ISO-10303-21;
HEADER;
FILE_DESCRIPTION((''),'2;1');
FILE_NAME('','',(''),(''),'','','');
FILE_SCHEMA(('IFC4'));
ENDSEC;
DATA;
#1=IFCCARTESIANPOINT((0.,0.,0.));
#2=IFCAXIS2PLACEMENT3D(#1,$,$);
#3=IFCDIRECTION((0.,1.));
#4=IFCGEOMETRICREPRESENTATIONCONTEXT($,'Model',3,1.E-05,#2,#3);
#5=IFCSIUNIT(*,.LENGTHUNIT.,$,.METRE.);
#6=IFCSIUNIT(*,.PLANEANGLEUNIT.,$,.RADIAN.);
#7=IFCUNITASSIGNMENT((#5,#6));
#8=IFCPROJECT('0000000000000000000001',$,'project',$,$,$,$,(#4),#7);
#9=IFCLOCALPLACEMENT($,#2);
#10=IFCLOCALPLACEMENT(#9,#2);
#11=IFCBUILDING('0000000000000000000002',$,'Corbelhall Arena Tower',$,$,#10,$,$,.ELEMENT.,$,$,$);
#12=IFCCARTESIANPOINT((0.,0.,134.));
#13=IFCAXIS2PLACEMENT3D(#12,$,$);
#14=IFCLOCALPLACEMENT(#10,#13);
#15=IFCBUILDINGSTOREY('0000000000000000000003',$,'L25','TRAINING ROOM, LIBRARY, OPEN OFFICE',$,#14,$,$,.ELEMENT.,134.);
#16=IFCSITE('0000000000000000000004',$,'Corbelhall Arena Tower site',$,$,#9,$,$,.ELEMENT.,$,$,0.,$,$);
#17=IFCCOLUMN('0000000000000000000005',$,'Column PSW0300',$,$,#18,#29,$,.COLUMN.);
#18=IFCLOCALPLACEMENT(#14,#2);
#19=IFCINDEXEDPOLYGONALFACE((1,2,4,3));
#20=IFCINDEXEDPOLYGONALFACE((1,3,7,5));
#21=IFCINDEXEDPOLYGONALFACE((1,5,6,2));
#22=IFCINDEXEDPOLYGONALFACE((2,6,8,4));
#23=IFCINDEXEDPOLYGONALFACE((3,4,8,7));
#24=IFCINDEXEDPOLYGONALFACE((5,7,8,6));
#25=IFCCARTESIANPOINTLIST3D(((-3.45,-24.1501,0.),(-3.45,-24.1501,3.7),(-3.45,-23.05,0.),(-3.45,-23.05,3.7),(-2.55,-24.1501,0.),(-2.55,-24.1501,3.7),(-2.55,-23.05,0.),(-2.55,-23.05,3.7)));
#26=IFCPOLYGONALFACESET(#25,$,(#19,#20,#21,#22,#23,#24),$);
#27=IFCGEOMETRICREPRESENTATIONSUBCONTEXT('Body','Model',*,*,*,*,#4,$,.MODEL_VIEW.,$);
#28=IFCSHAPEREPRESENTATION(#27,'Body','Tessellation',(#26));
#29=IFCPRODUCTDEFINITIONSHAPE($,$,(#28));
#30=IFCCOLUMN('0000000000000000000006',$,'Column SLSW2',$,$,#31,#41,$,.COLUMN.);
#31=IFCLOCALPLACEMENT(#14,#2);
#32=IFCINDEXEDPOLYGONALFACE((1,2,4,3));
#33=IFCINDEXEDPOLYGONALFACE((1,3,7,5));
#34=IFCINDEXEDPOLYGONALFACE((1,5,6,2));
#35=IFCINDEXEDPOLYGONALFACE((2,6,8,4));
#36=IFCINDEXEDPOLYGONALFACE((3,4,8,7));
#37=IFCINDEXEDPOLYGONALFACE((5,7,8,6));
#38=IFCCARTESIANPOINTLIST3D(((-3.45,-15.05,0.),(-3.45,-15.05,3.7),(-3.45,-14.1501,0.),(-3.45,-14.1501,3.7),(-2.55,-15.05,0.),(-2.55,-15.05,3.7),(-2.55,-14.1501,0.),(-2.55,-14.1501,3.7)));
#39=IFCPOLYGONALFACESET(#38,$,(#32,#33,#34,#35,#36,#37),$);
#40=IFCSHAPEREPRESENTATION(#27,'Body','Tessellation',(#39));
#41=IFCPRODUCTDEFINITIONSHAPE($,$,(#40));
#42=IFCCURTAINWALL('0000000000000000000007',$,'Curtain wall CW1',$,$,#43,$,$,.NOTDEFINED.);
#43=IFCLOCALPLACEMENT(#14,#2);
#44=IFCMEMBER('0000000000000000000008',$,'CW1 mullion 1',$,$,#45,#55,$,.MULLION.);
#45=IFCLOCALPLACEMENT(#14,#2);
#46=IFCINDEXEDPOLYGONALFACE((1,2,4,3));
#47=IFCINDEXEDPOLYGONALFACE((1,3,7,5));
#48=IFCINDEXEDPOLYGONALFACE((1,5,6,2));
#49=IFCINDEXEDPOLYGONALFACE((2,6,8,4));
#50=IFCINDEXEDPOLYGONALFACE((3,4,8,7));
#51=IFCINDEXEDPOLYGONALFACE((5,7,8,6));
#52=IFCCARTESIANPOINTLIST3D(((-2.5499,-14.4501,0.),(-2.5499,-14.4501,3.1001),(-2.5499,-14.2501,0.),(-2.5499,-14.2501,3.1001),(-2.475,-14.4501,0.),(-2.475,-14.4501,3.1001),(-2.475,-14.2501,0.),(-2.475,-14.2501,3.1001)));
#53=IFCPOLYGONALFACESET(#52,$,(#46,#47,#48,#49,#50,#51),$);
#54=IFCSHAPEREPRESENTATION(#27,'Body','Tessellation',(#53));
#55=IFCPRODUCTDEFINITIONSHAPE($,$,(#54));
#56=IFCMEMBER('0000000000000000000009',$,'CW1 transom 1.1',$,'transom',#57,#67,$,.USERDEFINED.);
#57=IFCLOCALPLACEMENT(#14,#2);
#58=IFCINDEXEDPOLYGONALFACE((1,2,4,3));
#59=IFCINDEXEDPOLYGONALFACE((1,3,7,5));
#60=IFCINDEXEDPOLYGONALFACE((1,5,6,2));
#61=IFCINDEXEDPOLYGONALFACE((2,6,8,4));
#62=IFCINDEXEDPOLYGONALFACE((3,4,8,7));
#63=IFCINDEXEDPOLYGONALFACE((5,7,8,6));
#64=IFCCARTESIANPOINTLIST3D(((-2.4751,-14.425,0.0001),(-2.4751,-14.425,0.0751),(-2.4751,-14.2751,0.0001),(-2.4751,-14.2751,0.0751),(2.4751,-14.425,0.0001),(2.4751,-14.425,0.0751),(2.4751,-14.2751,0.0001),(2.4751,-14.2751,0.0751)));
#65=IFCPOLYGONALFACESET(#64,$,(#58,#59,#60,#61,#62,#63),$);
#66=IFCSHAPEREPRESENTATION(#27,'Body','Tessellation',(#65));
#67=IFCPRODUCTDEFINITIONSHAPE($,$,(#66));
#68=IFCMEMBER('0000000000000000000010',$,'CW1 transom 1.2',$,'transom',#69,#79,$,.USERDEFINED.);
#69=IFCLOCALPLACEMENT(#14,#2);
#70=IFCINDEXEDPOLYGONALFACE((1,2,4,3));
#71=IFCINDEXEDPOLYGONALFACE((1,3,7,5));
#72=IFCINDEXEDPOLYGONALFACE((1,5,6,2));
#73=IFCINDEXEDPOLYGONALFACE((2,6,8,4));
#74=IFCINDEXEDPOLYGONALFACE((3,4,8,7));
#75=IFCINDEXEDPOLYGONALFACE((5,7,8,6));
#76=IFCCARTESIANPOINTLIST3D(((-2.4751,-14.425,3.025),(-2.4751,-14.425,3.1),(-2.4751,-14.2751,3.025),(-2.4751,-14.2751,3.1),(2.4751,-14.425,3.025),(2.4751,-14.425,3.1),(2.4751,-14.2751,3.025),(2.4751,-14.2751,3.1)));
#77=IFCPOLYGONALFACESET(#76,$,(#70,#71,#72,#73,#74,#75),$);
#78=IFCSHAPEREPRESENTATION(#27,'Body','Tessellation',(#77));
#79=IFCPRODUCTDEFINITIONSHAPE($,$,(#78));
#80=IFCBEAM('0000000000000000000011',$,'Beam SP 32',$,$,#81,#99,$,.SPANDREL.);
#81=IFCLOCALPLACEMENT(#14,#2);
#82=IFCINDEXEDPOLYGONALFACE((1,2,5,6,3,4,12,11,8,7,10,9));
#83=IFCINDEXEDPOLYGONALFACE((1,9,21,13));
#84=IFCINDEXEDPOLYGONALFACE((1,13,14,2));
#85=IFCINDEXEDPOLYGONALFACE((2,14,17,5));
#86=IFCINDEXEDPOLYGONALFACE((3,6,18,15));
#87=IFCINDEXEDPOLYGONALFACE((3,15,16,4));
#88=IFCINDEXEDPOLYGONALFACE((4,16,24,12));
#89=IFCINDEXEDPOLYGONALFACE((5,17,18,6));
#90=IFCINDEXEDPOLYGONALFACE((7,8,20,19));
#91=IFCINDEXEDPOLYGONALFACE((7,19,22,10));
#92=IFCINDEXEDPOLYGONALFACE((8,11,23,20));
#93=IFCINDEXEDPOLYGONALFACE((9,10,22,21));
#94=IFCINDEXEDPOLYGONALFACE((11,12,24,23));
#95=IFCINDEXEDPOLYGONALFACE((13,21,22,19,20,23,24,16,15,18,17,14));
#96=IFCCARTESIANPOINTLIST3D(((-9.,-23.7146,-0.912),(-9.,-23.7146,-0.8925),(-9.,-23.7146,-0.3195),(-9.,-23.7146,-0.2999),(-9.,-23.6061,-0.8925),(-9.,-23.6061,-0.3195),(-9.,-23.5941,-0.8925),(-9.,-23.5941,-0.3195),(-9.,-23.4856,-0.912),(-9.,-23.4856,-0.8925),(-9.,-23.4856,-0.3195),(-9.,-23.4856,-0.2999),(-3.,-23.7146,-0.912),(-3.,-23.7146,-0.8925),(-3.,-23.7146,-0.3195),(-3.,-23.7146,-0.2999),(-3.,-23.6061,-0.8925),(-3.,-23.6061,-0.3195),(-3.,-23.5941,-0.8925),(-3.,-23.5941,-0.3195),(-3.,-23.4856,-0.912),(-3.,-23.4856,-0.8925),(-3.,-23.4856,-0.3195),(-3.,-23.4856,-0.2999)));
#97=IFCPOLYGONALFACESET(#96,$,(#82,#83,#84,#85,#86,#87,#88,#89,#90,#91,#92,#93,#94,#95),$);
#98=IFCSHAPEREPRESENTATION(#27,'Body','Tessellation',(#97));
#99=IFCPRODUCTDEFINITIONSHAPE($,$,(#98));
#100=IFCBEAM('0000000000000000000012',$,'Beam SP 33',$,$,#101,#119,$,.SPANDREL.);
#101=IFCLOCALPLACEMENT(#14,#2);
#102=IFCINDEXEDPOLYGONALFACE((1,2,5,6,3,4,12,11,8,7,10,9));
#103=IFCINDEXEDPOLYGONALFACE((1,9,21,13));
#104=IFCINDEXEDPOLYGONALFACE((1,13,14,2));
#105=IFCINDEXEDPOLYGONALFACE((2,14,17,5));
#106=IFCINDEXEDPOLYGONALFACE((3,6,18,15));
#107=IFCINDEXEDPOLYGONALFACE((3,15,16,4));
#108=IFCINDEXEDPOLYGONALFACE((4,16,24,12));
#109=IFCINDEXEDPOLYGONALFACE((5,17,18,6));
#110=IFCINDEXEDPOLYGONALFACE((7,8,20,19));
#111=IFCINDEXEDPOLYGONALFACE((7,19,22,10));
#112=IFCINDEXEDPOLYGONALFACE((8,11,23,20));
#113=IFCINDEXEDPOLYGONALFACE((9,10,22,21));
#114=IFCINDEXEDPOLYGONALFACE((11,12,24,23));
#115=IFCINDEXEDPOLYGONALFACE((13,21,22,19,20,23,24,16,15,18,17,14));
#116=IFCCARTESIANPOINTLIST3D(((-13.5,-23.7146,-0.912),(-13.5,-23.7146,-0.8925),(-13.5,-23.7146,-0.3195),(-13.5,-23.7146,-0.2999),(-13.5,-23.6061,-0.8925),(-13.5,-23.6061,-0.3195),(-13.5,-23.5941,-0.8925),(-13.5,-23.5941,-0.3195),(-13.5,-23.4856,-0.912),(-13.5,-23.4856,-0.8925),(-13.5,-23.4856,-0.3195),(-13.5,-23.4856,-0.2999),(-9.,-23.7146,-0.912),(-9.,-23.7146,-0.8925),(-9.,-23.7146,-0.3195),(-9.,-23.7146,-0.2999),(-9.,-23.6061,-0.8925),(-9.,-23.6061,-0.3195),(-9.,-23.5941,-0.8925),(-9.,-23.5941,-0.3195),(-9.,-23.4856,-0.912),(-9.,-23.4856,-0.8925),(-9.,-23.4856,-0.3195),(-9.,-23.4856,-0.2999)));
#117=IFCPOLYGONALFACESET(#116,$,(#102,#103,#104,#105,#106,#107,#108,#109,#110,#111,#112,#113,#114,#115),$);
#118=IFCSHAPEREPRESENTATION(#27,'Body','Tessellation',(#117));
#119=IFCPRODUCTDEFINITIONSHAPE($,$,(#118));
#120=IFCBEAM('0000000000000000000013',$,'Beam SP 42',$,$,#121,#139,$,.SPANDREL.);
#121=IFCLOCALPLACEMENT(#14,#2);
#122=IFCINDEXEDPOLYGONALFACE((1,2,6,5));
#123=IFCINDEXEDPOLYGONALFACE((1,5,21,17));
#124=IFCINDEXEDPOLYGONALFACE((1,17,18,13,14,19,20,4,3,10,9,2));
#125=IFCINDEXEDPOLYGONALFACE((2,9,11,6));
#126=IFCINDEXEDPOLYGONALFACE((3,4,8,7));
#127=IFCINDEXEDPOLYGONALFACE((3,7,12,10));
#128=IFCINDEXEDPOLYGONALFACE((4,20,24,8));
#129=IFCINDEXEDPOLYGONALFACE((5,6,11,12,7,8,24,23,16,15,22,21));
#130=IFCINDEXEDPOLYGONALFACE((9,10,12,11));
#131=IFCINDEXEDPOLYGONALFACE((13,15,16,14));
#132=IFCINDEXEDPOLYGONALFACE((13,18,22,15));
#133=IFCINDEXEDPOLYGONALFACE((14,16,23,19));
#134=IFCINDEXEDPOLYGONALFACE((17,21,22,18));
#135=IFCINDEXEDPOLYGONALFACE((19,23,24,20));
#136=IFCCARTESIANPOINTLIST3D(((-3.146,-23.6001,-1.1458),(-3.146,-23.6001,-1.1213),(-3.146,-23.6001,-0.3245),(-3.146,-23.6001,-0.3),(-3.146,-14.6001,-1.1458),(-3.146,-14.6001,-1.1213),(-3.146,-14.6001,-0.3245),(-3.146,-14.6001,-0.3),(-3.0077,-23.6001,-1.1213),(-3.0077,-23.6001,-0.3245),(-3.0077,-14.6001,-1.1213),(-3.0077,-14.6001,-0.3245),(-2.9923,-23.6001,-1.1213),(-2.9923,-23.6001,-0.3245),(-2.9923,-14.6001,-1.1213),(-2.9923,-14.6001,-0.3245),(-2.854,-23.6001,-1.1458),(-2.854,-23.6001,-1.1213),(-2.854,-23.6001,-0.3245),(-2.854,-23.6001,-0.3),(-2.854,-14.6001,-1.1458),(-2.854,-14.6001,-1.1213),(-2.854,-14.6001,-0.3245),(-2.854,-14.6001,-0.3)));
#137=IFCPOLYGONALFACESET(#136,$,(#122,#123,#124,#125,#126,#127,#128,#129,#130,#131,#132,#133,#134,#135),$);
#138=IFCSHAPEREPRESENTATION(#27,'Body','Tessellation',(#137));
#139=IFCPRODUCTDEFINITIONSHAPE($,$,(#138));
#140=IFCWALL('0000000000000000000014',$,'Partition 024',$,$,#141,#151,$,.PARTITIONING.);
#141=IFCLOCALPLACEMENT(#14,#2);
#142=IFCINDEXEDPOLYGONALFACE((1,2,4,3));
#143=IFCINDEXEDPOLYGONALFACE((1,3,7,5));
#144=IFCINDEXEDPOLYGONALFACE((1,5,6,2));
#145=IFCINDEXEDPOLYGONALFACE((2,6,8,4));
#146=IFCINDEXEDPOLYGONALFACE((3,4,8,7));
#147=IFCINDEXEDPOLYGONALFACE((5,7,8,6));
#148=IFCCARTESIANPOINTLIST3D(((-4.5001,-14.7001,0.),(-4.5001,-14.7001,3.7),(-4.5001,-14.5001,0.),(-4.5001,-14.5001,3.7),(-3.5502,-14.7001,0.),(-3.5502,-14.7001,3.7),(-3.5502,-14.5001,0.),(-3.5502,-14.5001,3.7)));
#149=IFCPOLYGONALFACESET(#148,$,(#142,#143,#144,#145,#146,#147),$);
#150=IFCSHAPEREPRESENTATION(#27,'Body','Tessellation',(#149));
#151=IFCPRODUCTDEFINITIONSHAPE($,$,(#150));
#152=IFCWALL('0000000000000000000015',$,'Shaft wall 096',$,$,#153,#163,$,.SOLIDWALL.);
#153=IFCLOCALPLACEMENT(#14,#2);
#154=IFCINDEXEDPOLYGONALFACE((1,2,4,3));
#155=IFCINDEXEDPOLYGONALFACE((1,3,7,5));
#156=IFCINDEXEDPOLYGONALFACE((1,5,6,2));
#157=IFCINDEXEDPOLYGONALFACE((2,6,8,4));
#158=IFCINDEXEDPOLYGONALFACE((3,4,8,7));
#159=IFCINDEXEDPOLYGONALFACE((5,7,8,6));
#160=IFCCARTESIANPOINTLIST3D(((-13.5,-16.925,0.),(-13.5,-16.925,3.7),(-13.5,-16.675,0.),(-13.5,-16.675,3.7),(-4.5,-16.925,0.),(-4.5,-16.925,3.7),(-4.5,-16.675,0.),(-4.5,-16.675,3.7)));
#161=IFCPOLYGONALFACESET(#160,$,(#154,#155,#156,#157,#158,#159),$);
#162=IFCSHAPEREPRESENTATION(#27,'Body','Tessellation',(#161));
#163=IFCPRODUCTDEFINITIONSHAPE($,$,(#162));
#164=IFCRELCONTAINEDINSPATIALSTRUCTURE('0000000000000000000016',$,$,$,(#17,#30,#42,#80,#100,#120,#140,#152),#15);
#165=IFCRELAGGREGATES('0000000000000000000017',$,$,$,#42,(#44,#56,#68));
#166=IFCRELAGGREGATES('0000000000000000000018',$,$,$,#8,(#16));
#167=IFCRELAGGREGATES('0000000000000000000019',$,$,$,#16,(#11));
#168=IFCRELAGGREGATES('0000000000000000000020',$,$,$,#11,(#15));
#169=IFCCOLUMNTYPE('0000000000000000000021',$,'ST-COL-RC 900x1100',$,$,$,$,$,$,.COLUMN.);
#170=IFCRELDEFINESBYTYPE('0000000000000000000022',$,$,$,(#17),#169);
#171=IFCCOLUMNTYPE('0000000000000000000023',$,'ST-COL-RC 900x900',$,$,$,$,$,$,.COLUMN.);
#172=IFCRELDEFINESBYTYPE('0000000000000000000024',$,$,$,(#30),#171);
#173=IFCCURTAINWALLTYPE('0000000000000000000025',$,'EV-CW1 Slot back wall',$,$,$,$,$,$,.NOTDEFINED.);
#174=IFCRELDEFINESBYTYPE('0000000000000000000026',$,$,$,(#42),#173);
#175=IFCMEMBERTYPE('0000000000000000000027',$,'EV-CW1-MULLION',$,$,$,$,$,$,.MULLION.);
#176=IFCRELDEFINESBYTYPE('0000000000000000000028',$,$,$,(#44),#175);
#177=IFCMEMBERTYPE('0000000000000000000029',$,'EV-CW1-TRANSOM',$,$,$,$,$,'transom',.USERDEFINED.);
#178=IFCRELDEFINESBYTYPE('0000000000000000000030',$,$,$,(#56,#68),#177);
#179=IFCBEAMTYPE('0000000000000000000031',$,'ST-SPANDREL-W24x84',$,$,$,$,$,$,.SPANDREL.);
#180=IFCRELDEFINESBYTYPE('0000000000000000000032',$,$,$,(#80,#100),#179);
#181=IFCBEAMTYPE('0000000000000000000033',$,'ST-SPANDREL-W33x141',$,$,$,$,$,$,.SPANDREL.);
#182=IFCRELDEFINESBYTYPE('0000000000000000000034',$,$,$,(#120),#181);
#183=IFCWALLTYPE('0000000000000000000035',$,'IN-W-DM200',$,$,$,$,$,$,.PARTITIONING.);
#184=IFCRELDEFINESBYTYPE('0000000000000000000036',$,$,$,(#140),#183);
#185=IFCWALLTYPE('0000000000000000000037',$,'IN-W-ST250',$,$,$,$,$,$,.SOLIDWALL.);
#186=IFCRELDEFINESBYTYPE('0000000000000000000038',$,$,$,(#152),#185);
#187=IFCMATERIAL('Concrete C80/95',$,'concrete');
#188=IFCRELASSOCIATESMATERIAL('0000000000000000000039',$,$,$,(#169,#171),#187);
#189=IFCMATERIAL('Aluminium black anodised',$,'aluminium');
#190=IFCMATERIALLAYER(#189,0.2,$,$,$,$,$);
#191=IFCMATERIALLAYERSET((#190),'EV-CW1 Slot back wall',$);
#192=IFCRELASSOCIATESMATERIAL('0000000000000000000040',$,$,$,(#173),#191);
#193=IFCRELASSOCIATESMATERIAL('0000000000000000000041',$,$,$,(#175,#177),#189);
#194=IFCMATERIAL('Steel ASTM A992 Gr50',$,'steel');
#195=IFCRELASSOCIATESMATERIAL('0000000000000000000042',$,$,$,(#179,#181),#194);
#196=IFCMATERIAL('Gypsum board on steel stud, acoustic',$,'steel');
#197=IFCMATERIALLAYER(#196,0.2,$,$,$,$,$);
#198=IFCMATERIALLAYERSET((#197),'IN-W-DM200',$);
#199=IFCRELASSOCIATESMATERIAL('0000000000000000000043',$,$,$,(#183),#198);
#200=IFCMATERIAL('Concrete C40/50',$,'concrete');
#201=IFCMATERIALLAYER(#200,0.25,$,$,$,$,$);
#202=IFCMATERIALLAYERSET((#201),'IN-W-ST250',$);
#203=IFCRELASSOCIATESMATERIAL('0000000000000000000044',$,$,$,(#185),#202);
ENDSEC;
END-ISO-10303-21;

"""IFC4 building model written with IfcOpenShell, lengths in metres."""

from ifc_helpers import new_model, si_unit, direction, frame, frame_2d, origin, origin_2d, place, context, subcontext, project, spatial, rectangle, i_section, extrude, material, layer, layer_set, material_profile, profile_set, type_object, element, aggregate, save


model = new_model("IFC4")

# Units and contexts
model_context = context("Model", 3, precision=1e-05, world=origin(), true_north=direction((0.0, 1.0)))
body_context = subcontext(model_context, "Body", "Model", "MODEL_VIEW")
ifc_project = project(units=[si_unit("LENGTHUNIT", "METRE"), si_unit("PLANEANGLEUNIT", "RADIAN")], contexts=[model_context])

# Site, building, storey
site_placement = place(None, origin())
site = spatial("IfcSite", under=ifc_project, at=site_placement, Name="Corbelhall Arena Tower site", CompositionType="ELEMENT", RefElevation=0.0)
building_placement = place(site_placement, origin())
building = spatial("IfcBuilding", under=site, at=building_placement, Name="Corbelhall Arena Tower", CompositionType="ELEMENT")
storey_placement = place(building_placement, frame((0.0, 0.0, 134.0)))
storey = spatial("IfcBuildingStorey", under=building, at=storey_placement, Name="L25", Description="TRAINING ROOM, LIBRARY, OPEN OFFICE", CompositionType="ELEMENT", Elevation=134.0)

# Columns
ifc_material_1 = material(Name="Concrete C80/95", Category="concrete")
ifc_material_profile_1 = material_profile(ifc_material_1, rectangle(XDim=0.8999, YDim=1.1001, at=origin_2d()))
ifc_profile_set_1 = profile_set([ifc_material_profile_1], Name="Concrete C80/95")
column_type_1 = type_object("IfcColumnType", Name="ST-COL-RC 900x1100", PredefinedType="COLUMN", material=ifc_profile_set_1)
column_1_placement = place(storey_placement, frame((-3.0, -23.6001, 0.0), z_axis=(0.0, 0.0, 1.0), x_axis=(1.0, 0.0, 0.0)))
element("IfcColumn", 1, at=column_1_placement, inside=storey, type_object=column_type_1, Name="Column PSW0300", PredefinedType="COLUMN", context=body_context, shape_type="SweptSolid", body=[
    extrude(rectangle(XDim=0.8999, YDim=1.1001, at=origin_2d()), origin(), (0.0, 0.0, 1.0), 3.7),
])
ifc_material_profile_2 = material_profile(ifc_material_1, rectangle(XDim=0.8999, YDim=0.8999, at=origin_2d()))
ifc_profile_set_2 = profile_set([ifc_material_profile_2], Name="Concrete C80/95")
column_type_2 = type_object("IfcColumnType", Name="ST-COL-RC 900x900", PredefinedType="COLUMN", material=ifc_profile_set_2)
column_2_placement = place(storey_placement, frame((-3.0, -14.6001, 0.0), z_axis=(0.0, 0.0, 1.0), x_axis=(1.0, 0.0, 0.0)))
element("IfcColumn", 2, at=column_2_placement, inside=storey, type_object=column_type_2, Name="Column SLSW2", PredefinedType="COLUMN", context=body_context, shape_type="SweptSolid", body=[
    extrude(rectangle(XDim=0.8999, YDim=0.8999, at=origin_2d()), origin(), (0.0, 0.0, 1.0), 3.7),
])

# Curtain wall, members
ifc_material_2 = material(Name="Aluminium black anodised", Category="aluminium")
ifc_layer_1 = layer(ifc_material_2, 0.2)
ifc_layer_set_1 = layer_set([ifc_layer_1], Name="EV-CW1 Slot back wall")
curtain_wall_type = type_object("IfcCurtainWallType", Name="EV-CW1 Slot back wall", PredefinedType="NOTDEFINED", material=ifc_layer_set_1)
curtain_wall_placement = place(storey_placement, origin())
curtain_wall = element("IfcCurtainWall", 3, at=curtain_wall_placement, inside=storey, type_object=curtain_wall_type, Name="Curtain wall CW1", PredefinedType="NOTDEFINED")
ifc_material_profile_3 = material_profile(ifc_material_2, rectangle(XDim=0.2, YDim=0.075, at=origin_2d()))
ifc_profile_set_3 = profile_set([ifc_material_profile_3], Name="Aluminium black anodised")
member_type_1 = type_object("IfcMemberType", Name="EV-CW1-MULLION", PredefinedType="MULLION", material=ifc_profile_set_3)
member_1_placement = place(storey_placement, frame((-2.5125, -14.3501, 0.0), z_axis=(0.0, 0.0, 1.0), x_axis=(0.0, 1.0, 0.0)))
member_1 = element("IfcMember", 4, at=member_1_placement, type_object=member_type_1, Name="CW1 mullion 1", PredefinedType="MULLION", context=body_context, shape_type="SweptSolid", body=[
    extrude(rectangle(XDim=0.2, YDim=0.075, at=origin_2d()), origin(), (0.0, 0.0, 1.0), 3.1001),
])
ifc_material_profile_4 = material_profile(ifc_material_2, rectangle(XDim=0.1499, YDim=0.075, at=origin_2d()))
ifc_profile_set_4 = profile_set([ifc_material_profile_4], Name="Aluminium black anodised")
member_type_2 = type_object("IfcMemberType", Name="EV-CW1-TRANSOM", ElementType="transom", PredefinedType="USERDEFINED", material=ifc_profile_set_4)
member_2_placement = place(storey_placement, frame((-2.4751, -14.3501, 0.0376), z_axis=(1.0, 0.0, 0.0), x_axis=(0.0, 1.0, 0.0)))
member_2 = element("IfcMember", 5, at=member_2_placement, type_object=member_type_2, Name="CW1 transom 1.1", ObjectType="transom", PredefinedType="USERDEFINED", context=body_context, shape_type="SweptSolid", body=[
    extrude(rectangle(XDim=0.1499, YDim=0.075, at=origin_2d()), origin(), (0.0, 0.0, 1.0), 4.9502),
])
member_3_placement = place(storey_placement, frame((-2.4751, -14.3501, 3.0625), z_axis=(1.0, 0.0, 0.0), x_axis=(0.0, 1.0, 0.0)))
member_3 = element("IfcMember", 6, at=member_3_placement, type_object=member_type_2, Name="CW1 transom 1.2", ObjectType="transom", PredefinedType="USERDEFINED", context=body_context, shape_type="SweptSolid", body=[
    extrude(rectangle(XDim=0.1499, YDim=0.075, at=origin_2d()), origin(), (0.0, 0.0, 1.0), 4.9502),
])
aggregate(curtain_wall, [member_1, member_2, member_3])

# Beams
ifc_material_3 = material(Name="Steel ASTM A992 Gr50", Category="steel")
ifc_material_profile_5 = material_profile(ifc_material_3, i_section(OverallWidth=0.229, OverallDepth=0.6121, WebThickness=0.012, FlangeThickness=0.0195, at=origin_2d()))
ifc_profile_set_5 = profile_set([ifc_material_profile_5], Name="Steel ASTM A992 Gr50")
beam_type_1 = type_object("IfcBeamType", Name="ST-SPANDREL-W24x84", PredefinedType="SPANDREL", material=ifc_profile_set_5)
beam_1_placement = place(storey_placement, frame((-3.0, -23.6001, -0.606), z_axis=(-1.0, 0.0, 0.0), x_axis=(0.0, -1.0, 0.0)))
element("IfcBeam", 7, at=beam_1_placement, inside=storey, type_object=beam_type_1, Name="Beam SP 32", PredefinedType="SPANDREL", context=body_context, shape_type="SweptSolid", body=[
    extrude(i_section(OverallWidth=0.229, OverallDepth=0.6121, WebThickness=0.012, FlangeThickness=0.0195, at=origin_2d()), origin(), (0.0, 0.0, 1.0), 6.0),
])
beam_2_placement = place(storey_placement, frame((-9.0, -23.6001, -0.606), z_axis=(-1.0, 0.0, 0.0), x_axis=(0.0, -1.0, 0.0)))
element("IfcBeam", 8, at=beam_2_placement, inside=storey, type_object=beam_type_1, Name="Beam SP 33", PredefinedType="SPANDREL", context=body_context, shape_type="SweptSolid", body=[
    extrude(i_section(OverallWidth=0.229, OverallDepth=0.6121, WebThickness=0.012, FlangeThickness=0.0195, at=origin_2d()), origin(), (0.0, 0.0, 1.0), 4.5),
])
ifc_material_profile_6 = material_profile(ifc_material_3, i_section(OverallWidth=0.292, OverallDepth=0.8457, WebThickness=0.0154, FlangeThickness=0.0244, at=origin_2d()))
ifc_profile_set_6 = profile_set([ifc_material_profile_6], Name="Steel ASTM A992 Gr50")
beam_type_2 = type_object("IfcBeamType", Name="ST-SPANDREL-W33x141", PredefinedType="SPANDREL", material=ifc_profile_set_6)
beam_3_placement = place(storey_placement, frame((-3.0, -14.6001, -0.7229), z_axis=(0.0, -1.0, 0.0), x_axis=(1.0, 0.0, 0.0)))
element("IfcBeam", 9, at=beam_3_placement, inside=storey, type_object=beam_type_2, Name="Beam SP 42", PredefinedType="SPANDREL", context=body_context, shape_type="SweptSolid", body=[
    extrude(i_section(OverallWidth=0.292, OverallDepth=0.8457, WebThickness=0.0154, FlangeThickness=0.0244, at=origin_2d()), origin(), (0.0, 0.0, 1.0), 9.0),
])

# Walls
ifc_material_4 = material(Name="Gypsum board on steel stud, acoustic", Category="steel")
ifc_layer_2 = layer(ifc_material_4, 0.2)
ifc_layer_set_2 = layer_set([ifc_layer_2], Name="IN-W-DM200")
wall_type_1 = type_object("IfcWallType", Name="IN-W-DM200", PredefinedType="PARTITIONING", material=ifc_layer_set_2)
wall_1_placement = place(storey_placement, frame((-3.55, -14.6001, 0.0), z_axis=(0.0, 0.0, 1.0), x_axis=(-1.0, 0.0, 0.0)))
element("IfcWall", 10, at=wall_1_placement, inside=storey, type_object=wall_type_1, Name="Partition 024", PredefinedType="PARTITIONING", context=body_context, shape_type="SweptSolid", body=[
    extrude(rectangle(XDim=0.95, YDim=0.2, at=frame_2d((0.4751, 0.0))), origin(), (0.0, 0.0, 1.0), 3.7),
])
ifc_material_5 = material(Name="Concrete C40/50", Category="concrete")
ifc_layer_3 = layer(ifc_material_5, 0.25)
ifc_layer_set_3 = layer_set([ifc_layer_3], Name="IN-W-ST250")
wall_type_2 = type_object("IfcWallType", Name="IN-W-ST250", PredefinedType="SOLIDWALL", material=ifc_layer_set_3)
wall_2_placement = place(storey_placement, frame((-4.5, -16.8, 0.0), z_axis=(0.0, 0.0, 1.0), x_axis=(-1.0, 0.0, 0.0)))
element("IfcWall", 11, at=wall_2_placement, inside=storey, type_object=wall_type_2, Name="Shaft wall 096", PredefinedType="SOLIDWALL", context=body_context, shape_type="SweptSolid", body=[
    extrude(rectangle(XDim=9.0, YDim=0.25, at=frame_2d((4.5, 0.0))), origin(), (0.0, 0.0, 1.0), 3.7),
])

save(model, "model.ifc")
